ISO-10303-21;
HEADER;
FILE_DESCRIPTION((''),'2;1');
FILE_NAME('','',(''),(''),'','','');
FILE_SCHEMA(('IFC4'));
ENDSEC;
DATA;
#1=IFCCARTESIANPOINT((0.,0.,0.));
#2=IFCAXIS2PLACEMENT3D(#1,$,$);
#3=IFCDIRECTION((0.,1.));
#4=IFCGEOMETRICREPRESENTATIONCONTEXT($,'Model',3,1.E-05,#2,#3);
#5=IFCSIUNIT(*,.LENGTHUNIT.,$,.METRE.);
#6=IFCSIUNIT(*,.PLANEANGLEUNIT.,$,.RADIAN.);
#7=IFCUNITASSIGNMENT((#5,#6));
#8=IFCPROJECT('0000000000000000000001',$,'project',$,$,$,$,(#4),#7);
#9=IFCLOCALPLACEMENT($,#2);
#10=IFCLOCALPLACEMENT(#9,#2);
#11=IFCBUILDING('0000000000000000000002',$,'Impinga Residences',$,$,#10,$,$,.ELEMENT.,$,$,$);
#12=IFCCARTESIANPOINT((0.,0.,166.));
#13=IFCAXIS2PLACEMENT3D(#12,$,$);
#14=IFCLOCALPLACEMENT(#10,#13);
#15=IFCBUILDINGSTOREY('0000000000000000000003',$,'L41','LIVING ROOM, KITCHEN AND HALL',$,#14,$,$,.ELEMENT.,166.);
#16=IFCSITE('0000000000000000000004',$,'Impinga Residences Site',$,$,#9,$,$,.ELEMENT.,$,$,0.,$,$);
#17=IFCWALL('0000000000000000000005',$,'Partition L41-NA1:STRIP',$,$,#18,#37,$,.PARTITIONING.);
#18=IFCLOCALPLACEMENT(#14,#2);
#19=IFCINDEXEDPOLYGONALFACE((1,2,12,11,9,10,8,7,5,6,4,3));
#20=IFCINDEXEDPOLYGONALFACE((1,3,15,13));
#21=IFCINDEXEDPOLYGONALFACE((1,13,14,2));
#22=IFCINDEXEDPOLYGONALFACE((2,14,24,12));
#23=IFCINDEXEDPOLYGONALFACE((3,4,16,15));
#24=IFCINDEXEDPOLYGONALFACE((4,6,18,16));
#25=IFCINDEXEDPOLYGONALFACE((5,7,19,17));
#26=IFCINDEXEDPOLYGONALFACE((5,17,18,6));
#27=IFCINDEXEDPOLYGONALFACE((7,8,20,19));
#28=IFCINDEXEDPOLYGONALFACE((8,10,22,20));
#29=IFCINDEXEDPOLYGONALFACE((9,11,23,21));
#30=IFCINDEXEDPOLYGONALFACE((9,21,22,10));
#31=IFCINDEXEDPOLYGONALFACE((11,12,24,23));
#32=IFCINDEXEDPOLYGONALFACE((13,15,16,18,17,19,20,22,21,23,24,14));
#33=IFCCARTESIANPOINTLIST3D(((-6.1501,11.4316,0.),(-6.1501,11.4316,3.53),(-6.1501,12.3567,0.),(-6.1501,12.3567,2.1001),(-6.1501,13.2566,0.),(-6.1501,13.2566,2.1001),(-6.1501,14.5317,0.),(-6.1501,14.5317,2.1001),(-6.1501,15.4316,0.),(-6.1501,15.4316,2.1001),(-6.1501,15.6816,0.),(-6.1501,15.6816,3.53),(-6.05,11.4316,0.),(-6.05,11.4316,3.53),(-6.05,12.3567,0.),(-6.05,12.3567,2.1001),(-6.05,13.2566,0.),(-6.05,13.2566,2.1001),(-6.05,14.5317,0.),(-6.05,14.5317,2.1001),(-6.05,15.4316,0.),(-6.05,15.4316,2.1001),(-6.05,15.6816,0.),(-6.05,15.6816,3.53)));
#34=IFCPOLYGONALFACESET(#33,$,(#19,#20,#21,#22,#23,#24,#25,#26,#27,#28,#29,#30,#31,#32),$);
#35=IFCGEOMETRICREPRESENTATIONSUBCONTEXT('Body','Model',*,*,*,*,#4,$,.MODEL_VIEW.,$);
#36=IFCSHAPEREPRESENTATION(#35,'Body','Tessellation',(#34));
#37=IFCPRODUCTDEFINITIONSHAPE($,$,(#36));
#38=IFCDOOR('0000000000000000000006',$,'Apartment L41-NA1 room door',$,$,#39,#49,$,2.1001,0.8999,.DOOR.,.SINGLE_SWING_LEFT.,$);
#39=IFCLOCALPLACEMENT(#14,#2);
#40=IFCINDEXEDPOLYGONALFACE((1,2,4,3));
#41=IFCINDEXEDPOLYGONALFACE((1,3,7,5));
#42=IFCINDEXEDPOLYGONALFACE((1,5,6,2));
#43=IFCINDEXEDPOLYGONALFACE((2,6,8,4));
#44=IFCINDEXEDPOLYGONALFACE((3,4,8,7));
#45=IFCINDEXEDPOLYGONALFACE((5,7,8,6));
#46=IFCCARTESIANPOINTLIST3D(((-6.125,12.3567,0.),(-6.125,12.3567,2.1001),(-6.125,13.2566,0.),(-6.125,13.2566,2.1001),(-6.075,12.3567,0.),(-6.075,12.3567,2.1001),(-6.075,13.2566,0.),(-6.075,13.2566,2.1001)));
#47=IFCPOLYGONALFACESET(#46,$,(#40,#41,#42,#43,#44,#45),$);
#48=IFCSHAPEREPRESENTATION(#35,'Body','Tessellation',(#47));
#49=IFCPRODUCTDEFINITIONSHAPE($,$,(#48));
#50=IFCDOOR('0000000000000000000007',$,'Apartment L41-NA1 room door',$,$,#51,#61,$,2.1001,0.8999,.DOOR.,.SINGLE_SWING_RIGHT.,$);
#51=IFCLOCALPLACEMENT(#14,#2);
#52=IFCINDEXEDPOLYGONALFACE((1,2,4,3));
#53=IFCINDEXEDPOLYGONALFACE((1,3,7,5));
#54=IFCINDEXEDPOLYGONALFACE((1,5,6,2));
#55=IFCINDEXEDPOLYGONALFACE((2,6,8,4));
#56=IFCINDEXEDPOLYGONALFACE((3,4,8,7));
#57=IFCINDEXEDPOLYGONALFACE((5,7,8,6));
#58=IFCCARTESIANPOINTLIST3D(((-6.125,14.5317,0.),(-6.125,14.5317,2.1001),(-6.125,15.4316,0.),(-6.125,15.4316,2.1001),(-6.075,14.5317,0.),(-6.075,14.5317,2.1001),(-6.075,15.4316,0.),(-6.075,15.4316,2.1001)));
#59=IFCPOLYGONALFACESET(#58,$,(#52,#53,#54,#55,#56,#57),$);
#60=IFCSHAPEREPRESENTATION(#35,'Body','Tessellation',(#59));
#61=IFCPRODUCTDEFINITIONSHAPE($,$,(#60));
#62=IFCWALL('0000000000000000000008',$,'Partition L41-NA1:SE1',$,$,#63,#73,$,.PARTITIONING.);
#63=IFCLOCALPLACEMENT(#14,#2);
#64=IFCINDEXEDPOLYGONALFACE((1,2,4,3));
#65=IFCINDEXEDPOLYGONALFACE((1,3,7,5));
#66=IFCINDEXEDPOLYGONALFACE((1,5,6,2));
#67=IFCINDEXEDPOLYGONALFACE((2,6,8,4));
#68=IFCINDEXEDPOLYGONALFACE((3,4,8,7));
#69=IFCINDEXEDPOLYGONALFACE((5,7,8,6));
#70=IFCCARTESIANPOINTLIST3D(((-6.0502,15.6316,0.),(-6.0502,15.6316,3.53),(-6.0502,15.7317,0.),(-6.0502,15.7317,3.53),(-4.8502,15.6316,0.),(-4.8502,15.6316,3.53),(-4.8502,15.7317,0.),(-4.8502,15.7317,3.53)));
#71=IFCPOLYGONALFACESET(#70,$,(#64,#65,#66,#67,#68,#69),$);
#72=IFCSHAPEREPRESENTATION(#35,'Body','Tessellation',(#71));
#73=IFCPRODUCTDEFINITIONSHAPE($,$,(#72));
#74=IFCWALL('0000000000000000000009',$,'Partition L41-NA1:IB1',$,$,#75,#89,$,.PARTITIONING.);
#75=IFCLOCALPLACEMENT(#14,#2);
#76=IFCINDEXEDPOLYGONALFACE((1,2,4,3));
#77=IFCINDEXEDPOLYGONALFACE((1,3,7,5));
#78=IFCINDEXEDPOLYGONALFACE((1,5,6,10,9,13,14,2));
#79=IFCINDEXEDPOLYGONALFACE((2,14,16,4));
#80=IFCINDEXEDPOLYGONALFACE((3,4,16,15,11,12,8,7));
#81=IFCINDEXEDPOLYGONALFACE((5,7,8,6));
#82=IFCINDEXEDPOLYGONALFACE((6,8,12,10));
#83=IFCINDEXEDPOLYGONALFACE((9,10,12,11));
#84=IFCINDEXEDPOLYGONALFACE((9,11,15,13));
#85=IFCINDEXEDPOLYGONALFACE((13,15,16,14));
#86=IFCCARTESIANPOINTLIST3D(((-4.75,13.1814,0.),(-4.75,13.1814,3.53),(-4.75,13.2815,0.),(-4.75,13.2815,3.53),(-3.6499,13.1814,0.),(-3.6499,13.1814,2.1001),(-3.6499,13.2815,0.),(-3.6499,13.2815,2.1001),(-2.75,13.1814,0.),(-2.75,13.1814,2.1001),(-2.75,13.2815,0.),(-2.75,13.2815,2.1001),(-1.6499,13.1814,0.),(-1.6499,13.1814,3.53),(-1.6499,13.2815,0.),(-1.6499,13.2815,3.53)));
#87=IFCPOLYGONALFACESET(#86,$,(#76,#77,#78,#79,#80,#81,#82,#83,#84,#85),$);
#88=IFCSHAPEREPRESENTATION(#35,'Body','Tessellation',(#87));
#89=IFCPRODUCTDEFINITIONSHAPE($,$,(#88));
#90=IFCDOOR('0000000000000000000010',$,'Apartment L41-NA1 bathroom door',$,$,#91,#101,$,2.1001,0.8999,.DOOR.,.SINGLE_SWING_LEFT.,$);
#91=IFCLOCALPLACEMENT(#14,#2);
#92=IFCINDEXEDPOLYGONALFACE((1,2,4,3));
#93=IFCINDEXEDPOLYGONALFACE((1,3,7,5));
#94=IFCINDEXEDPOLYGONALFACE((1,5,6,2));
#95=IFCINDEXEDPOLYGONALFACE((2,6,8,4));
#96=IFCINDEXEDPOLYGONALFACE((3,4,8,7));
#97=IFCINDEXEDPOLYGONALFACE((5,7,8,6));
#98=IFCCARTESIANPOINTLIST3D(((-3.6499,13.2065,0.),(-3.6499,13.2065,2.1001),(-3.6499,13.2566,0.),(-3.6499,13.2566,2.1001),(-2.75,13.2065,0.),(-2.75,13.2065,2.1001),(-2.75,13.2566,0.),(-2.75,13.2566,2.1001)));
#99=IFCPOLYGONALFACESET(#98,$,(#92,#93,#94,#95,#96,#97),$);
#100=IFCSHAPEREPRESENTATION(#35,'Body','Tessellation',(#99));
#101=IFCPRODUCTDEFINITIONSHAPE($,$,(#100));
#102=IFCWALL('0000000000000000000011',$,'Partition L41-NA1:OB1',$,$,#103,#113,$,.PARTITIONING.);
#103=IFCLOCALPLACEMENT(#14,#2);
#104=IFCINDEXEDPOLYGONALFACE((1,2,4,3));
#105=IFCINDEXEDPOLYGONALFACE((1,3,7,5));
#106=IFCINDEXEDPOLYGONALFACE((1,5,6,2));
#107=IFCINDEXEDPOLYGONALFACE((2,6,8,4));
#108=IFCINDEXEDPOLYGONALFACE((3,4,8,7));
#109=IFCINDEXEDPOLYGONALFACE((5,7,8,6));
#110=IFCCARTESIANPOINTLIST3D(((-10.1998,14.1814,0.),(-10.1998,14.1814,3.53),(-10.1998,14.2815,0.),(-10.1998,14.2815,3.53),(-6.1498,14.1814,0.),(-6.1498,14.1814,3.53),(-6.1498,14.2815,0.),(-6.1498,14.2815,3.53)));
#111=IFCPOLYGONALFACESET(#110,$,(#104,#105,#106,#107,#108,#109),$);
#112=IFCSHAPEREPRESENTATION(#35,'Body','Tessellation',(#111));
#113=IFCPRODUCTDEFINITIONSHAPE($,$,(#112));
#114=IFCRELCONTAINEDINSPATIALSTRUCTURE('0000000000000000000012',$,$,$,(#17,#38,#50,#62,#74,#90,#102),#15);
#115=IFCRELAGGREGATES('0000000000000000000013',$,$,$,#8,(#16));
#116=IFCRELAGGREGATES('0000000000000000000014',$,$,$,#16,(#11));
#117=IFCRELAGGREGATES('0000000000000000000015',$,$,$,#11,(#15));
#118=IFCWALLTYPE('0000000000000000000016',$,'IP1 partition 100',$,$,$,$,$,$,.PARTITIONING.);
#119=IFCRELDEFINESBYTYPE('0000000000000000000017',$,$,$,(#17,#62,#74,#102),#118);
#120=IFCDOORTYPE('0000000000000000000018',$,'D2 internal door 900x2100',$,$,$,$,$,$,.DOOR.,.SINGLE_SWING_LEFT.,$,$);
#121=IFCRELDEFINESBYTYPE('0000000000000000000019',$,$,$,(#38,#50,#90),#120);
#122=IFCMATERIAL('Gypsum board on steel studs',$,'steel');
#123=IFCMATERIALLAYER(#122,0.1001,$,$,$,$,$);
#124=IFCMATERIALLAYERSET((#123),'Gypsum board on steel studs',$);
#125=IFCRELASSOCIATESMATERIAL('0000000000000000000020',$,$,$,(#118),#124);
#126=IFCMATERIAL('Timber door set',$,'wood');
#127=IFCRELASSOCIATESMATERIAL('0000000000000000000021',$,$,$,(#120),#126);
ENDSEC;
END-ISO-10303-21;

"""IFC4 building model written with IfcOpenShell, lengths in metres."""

from ifc_helpers import new_model, si_unit, direction, frame, frame_2d, origin, place, context, subcontext, project, spatial, rectangle, extrude, material, layer, layer_set, type_object, element, fill, save


model = new_model("IFC4")

# Units and contexts
model_context = context("Model", 3, precision=1e-05, world=origin(), true_north=direction((0.0, 1.0)))
body_context = subcontext(model_context, "Body", "Model", "MODEL_VIEW")
ifc_project = project(units=[si_unit("LENGTHUNIT", "METRE"), si_unit("PLANEANGLEUNIT", "RADIAN")], contexts=[model_context])

# Site, building, storey
site_placement = place(None, origin())
site = spatial("IfcSite", under=ifc_project, at=site_placement, Name="Impinga Residences Site", CompositionType="ELEMENT", RefElevation=0.0)
building_placement = place(site_placement, origin())
building = spatial("IfcBuilding", under=site, at=building_placement, Name="Impinga Residences", CompositionType="ELEMENT")
storey_placement = place(building_placement, frame((0.0, 0.0, 166.0)))
storey = spatial("IfcBuildingStorey", under=building, at=storey_placement, Name="L41", Description="LIVING ROOM, KITCHEN AND HALL", CompositionType="ELEMENT", Elevation=166.0)

# Shared definitions
ifc_material_1 = material(Name="Timber door set", Category="wood")

# Shared definitions
ifc_material_2 = material(Name="Gypsum board on steel studs", Category="steel")
ifc_layer_1 = layer(ifc_material_2, 0.1001)
ifc_layer_set_1 = layer_set([ifc_layer_1], Name="Gypsum board on steel studs")
wall_type_1 = type_object("IfcWallType", Name="IP1 partition 100", PredefinedType="PARTITIONING", material=ifc_layer_set_1)

# Wall, openings, doors
wall_1_placement = place(storey_placement, frame((-6.1001, 11.4316, 0.0), z_axis=(0.0, 0.0, 1.0), x_axis=(0.0, 1.0, 0.0)))
wall_1 = element("IfcWall", 1, at=wall_1_placement, inside=storey, type_object=wall_type_1, Name="Partition L41-NA1:STRIP", PredefinedType="PARTITIONING", context=body_context, shape_type="SweptSolid", body=[
    extrude(rectangle(XDim=4.25, YDim=0.1001, at=frame_2d((2.125, 0.0))), origin(), (0.0, 0.0, 1.0), 3.53),
])
opening_1_placement = place(wall_1_placement, frame((0.925, 0.0, 0.0)))
opening_1 = element("IfcOpeningElement", 2, at=opening_1_placement, cuts=wall_1, PredefinedType="OPENING", context=body_context, shape_type="SweptSolid", body=[
    extrude(rectangle(XDim=0.8999, YDim=2.1001, at=frame_2d((0.45, 1.05))), frame((0.0, 0.0601, 0.0), z_axis=(0.0, -1.0, 0.0), x_axis=(1.0, 0.0, 0.0)), (0.0, 0.0, 1.0), 0.1201),
])
opening_2_placement = place(wall_1_placement, frame((3.1001, 0.0, 0.0)))
opening_2 = element("IfcOpeningElement", 3, at=opening_2_placement, cuts=wall_1, PredefinedType="OPENING", context=body_context, shape_type="SweptSolid", body=[
    extrude(rectangle(XDim=0.8999, YDim=2.1001, at=frame_2d((0.45, 1.05))), frame((0.0, 0.0601, 0.0), z_axis=(0.0, -1.0, 0.0), x_axis=(1.0, 0.0, 0.0)), (0.0, 0.0, 1.0), 0.1201),
])
door_type_1 = type_object("IfcDoorType", Name="D2 internal door 900x2100", OperationType="SINGLE_SWING_LEFT", PredefinedType="DOOR", material=ifc_material_1)
door_1_placement = place(opening_1_placement, origin())
door_1 = element("IfcDoor", 4, at=door_1_placement, inside=storey, type_object=door_type_1, Name="Apartment L41-NA1 room door", OperationType="SINGLE_SWING_LEFT", OverallHeight=2.1001, OverallWidth=0.8999, PredefinedType="DOOR", context=body_context, shape_type="SweptSolid", body=[
    extrude(rectangle(XDim=0.8999, YDim=2.1001, at=frame_2d((0.45, 1.05))), frame((0.0, 0.0249, 0.0), z_axis=(0.0, -1.0, 0.0), x_axis=(1.0, 0.0, 0.0)), (0.0, 0.0, 1.0), 0.05),
])
fill(opening_1, door_1)
door_2_placement = place(opening_2_placement, origin())
door_2 = element("IfcDoor", 5, at=door_2_placement, inside=storey, type_object=door_type_1, Name="Apartment L41-NA1 room door", OperationType="SINGLE_SWING_RIGHT", OverallHeight=2.1001, OverallWidth=0.8999, PredefinedType="DOOR", context=body_context, shape_type="SweptSolid", body=[
    extrude(rectangle(XDim=0.8999, YDim=2.1001, at=frame_2d((0.45, 1.05))), frame((0.0, 0.0249, 0.0), z_axis=(0.0, -1.0, 0.0), x_axis=(1.0, 0.0, 0.0)), (0.0, 0.0, 1.0), 0.05),
])
fill(opening_2, door_2)

# Wall
wall_2_placement = place(storey_placement, frame((-4.8501, 15.6816, 0.0), z_axis=(0.0, 0.0, 1.0), x_axis=(-1.0, 0.0, 0.0)))
element("IfcWall", 6, at=wall_2_placement, inside=storey, type_object=wall_type_1, Name="Partition L41-NA1:SE1", PredefinedType="PARTITIONING", context=body_context, shape_type="SweptSolid", body=[
    extrude(rectangle(XDim=1.2, YDim=0.1001, at=frame_2d((0.6001, 0.0))), origin(), (0.0, 0.0, 1.0), 3.53),
])

# Wall, opening, door
wall_3_placement = place(storey_placement, frame((-1.6499, 13.2314, 0.0), z_axis=(0.0, 0.0, 1.0), x_axis=(-1.0, 0.0, 0.0)))
wall_3 = element("IfcWall", 7, at=wall_3_placement, inside=storey, type_object=wall_type_1, Name="Partition L41-NA1:IB1", PredefinedType="PARTITIONING", context=body_context, shape_type="SweptSolid", body=[
    extrude(rectangle(XDim=3.1001, YDim=0.1001, at=frame_2d((1.55, 0.0))), origin(), (0.0, 0.0, 1.0), 3.53),
])
opening_3_placement = place(wall_3_placement, frame((1.1001, 0.0, 0.0)))
opening_3 = element("IfcOpeningElement", 8, at=opening_3_placement, cuts=wall_3, PredefinedType="OPENING", context=body_context, shape_type="SweptSolid", body=[
    extrude(rectangle(XDim=0.8999, YDim=2.1001, at=frame_2d((0.45, 1.05))), frame((0.0, 0.0601, 0.0), z_axis=(0.0, -1.0, 0.0), x_axis=(1.0, 0.0, 0.0)), (0.0, 0.0, 1.0), 0.1201),
])
door_3_placement = place(opening_3_placement, origin())
door_3 = element("IfcDoor", 9, at=door_3_placement, inside=storey, type_object=door_type_1, Name="Apartment L41-NA1 bathroom door", OperationType="SINGLE_SWING_LEFT", OverallHeight=2.1001, OverallWidth=0.8999, PredefinedType="DOOR", context=body_context, shape_type="SweptSolid", body=[
    extrude(rectangle(XDim=0.8999, YDim=2.1001, at=frame_2d((0.45, 1.05))), frame((0.0, 0.0249, 0.0), z_axis=(0.0, -1.0, 0.0), x_axis=(1.0, 0.0, 0.0)), (0.0, 0.0, 1.0), 0.05),
])
fill(opening_3, door_3)

# Wall
wall_4_placement = place(storey_placement, frame((-6.1499, 14.2314, 0.0), z_axis=(0.0, 0.0, 1.0), x_axis=(-1.0, 0.0, 0.0)))
element("IfcWall", 10, at=wall_4_placement, inside=storey, type_object=wall_type_1, Name="Partition L41-NA1:OB1", PredefinedType="PARTITIONING", context=body_context, shape_type="SweptSolid", body=[
    extrude(rectangle(XDim=4.05, YDim=0.1001, at=frame_2d((2.0249, 0.0))), origin(), (0.0, 0.0, 1.0), 3.53),
])

save(model, "model.ifc")
